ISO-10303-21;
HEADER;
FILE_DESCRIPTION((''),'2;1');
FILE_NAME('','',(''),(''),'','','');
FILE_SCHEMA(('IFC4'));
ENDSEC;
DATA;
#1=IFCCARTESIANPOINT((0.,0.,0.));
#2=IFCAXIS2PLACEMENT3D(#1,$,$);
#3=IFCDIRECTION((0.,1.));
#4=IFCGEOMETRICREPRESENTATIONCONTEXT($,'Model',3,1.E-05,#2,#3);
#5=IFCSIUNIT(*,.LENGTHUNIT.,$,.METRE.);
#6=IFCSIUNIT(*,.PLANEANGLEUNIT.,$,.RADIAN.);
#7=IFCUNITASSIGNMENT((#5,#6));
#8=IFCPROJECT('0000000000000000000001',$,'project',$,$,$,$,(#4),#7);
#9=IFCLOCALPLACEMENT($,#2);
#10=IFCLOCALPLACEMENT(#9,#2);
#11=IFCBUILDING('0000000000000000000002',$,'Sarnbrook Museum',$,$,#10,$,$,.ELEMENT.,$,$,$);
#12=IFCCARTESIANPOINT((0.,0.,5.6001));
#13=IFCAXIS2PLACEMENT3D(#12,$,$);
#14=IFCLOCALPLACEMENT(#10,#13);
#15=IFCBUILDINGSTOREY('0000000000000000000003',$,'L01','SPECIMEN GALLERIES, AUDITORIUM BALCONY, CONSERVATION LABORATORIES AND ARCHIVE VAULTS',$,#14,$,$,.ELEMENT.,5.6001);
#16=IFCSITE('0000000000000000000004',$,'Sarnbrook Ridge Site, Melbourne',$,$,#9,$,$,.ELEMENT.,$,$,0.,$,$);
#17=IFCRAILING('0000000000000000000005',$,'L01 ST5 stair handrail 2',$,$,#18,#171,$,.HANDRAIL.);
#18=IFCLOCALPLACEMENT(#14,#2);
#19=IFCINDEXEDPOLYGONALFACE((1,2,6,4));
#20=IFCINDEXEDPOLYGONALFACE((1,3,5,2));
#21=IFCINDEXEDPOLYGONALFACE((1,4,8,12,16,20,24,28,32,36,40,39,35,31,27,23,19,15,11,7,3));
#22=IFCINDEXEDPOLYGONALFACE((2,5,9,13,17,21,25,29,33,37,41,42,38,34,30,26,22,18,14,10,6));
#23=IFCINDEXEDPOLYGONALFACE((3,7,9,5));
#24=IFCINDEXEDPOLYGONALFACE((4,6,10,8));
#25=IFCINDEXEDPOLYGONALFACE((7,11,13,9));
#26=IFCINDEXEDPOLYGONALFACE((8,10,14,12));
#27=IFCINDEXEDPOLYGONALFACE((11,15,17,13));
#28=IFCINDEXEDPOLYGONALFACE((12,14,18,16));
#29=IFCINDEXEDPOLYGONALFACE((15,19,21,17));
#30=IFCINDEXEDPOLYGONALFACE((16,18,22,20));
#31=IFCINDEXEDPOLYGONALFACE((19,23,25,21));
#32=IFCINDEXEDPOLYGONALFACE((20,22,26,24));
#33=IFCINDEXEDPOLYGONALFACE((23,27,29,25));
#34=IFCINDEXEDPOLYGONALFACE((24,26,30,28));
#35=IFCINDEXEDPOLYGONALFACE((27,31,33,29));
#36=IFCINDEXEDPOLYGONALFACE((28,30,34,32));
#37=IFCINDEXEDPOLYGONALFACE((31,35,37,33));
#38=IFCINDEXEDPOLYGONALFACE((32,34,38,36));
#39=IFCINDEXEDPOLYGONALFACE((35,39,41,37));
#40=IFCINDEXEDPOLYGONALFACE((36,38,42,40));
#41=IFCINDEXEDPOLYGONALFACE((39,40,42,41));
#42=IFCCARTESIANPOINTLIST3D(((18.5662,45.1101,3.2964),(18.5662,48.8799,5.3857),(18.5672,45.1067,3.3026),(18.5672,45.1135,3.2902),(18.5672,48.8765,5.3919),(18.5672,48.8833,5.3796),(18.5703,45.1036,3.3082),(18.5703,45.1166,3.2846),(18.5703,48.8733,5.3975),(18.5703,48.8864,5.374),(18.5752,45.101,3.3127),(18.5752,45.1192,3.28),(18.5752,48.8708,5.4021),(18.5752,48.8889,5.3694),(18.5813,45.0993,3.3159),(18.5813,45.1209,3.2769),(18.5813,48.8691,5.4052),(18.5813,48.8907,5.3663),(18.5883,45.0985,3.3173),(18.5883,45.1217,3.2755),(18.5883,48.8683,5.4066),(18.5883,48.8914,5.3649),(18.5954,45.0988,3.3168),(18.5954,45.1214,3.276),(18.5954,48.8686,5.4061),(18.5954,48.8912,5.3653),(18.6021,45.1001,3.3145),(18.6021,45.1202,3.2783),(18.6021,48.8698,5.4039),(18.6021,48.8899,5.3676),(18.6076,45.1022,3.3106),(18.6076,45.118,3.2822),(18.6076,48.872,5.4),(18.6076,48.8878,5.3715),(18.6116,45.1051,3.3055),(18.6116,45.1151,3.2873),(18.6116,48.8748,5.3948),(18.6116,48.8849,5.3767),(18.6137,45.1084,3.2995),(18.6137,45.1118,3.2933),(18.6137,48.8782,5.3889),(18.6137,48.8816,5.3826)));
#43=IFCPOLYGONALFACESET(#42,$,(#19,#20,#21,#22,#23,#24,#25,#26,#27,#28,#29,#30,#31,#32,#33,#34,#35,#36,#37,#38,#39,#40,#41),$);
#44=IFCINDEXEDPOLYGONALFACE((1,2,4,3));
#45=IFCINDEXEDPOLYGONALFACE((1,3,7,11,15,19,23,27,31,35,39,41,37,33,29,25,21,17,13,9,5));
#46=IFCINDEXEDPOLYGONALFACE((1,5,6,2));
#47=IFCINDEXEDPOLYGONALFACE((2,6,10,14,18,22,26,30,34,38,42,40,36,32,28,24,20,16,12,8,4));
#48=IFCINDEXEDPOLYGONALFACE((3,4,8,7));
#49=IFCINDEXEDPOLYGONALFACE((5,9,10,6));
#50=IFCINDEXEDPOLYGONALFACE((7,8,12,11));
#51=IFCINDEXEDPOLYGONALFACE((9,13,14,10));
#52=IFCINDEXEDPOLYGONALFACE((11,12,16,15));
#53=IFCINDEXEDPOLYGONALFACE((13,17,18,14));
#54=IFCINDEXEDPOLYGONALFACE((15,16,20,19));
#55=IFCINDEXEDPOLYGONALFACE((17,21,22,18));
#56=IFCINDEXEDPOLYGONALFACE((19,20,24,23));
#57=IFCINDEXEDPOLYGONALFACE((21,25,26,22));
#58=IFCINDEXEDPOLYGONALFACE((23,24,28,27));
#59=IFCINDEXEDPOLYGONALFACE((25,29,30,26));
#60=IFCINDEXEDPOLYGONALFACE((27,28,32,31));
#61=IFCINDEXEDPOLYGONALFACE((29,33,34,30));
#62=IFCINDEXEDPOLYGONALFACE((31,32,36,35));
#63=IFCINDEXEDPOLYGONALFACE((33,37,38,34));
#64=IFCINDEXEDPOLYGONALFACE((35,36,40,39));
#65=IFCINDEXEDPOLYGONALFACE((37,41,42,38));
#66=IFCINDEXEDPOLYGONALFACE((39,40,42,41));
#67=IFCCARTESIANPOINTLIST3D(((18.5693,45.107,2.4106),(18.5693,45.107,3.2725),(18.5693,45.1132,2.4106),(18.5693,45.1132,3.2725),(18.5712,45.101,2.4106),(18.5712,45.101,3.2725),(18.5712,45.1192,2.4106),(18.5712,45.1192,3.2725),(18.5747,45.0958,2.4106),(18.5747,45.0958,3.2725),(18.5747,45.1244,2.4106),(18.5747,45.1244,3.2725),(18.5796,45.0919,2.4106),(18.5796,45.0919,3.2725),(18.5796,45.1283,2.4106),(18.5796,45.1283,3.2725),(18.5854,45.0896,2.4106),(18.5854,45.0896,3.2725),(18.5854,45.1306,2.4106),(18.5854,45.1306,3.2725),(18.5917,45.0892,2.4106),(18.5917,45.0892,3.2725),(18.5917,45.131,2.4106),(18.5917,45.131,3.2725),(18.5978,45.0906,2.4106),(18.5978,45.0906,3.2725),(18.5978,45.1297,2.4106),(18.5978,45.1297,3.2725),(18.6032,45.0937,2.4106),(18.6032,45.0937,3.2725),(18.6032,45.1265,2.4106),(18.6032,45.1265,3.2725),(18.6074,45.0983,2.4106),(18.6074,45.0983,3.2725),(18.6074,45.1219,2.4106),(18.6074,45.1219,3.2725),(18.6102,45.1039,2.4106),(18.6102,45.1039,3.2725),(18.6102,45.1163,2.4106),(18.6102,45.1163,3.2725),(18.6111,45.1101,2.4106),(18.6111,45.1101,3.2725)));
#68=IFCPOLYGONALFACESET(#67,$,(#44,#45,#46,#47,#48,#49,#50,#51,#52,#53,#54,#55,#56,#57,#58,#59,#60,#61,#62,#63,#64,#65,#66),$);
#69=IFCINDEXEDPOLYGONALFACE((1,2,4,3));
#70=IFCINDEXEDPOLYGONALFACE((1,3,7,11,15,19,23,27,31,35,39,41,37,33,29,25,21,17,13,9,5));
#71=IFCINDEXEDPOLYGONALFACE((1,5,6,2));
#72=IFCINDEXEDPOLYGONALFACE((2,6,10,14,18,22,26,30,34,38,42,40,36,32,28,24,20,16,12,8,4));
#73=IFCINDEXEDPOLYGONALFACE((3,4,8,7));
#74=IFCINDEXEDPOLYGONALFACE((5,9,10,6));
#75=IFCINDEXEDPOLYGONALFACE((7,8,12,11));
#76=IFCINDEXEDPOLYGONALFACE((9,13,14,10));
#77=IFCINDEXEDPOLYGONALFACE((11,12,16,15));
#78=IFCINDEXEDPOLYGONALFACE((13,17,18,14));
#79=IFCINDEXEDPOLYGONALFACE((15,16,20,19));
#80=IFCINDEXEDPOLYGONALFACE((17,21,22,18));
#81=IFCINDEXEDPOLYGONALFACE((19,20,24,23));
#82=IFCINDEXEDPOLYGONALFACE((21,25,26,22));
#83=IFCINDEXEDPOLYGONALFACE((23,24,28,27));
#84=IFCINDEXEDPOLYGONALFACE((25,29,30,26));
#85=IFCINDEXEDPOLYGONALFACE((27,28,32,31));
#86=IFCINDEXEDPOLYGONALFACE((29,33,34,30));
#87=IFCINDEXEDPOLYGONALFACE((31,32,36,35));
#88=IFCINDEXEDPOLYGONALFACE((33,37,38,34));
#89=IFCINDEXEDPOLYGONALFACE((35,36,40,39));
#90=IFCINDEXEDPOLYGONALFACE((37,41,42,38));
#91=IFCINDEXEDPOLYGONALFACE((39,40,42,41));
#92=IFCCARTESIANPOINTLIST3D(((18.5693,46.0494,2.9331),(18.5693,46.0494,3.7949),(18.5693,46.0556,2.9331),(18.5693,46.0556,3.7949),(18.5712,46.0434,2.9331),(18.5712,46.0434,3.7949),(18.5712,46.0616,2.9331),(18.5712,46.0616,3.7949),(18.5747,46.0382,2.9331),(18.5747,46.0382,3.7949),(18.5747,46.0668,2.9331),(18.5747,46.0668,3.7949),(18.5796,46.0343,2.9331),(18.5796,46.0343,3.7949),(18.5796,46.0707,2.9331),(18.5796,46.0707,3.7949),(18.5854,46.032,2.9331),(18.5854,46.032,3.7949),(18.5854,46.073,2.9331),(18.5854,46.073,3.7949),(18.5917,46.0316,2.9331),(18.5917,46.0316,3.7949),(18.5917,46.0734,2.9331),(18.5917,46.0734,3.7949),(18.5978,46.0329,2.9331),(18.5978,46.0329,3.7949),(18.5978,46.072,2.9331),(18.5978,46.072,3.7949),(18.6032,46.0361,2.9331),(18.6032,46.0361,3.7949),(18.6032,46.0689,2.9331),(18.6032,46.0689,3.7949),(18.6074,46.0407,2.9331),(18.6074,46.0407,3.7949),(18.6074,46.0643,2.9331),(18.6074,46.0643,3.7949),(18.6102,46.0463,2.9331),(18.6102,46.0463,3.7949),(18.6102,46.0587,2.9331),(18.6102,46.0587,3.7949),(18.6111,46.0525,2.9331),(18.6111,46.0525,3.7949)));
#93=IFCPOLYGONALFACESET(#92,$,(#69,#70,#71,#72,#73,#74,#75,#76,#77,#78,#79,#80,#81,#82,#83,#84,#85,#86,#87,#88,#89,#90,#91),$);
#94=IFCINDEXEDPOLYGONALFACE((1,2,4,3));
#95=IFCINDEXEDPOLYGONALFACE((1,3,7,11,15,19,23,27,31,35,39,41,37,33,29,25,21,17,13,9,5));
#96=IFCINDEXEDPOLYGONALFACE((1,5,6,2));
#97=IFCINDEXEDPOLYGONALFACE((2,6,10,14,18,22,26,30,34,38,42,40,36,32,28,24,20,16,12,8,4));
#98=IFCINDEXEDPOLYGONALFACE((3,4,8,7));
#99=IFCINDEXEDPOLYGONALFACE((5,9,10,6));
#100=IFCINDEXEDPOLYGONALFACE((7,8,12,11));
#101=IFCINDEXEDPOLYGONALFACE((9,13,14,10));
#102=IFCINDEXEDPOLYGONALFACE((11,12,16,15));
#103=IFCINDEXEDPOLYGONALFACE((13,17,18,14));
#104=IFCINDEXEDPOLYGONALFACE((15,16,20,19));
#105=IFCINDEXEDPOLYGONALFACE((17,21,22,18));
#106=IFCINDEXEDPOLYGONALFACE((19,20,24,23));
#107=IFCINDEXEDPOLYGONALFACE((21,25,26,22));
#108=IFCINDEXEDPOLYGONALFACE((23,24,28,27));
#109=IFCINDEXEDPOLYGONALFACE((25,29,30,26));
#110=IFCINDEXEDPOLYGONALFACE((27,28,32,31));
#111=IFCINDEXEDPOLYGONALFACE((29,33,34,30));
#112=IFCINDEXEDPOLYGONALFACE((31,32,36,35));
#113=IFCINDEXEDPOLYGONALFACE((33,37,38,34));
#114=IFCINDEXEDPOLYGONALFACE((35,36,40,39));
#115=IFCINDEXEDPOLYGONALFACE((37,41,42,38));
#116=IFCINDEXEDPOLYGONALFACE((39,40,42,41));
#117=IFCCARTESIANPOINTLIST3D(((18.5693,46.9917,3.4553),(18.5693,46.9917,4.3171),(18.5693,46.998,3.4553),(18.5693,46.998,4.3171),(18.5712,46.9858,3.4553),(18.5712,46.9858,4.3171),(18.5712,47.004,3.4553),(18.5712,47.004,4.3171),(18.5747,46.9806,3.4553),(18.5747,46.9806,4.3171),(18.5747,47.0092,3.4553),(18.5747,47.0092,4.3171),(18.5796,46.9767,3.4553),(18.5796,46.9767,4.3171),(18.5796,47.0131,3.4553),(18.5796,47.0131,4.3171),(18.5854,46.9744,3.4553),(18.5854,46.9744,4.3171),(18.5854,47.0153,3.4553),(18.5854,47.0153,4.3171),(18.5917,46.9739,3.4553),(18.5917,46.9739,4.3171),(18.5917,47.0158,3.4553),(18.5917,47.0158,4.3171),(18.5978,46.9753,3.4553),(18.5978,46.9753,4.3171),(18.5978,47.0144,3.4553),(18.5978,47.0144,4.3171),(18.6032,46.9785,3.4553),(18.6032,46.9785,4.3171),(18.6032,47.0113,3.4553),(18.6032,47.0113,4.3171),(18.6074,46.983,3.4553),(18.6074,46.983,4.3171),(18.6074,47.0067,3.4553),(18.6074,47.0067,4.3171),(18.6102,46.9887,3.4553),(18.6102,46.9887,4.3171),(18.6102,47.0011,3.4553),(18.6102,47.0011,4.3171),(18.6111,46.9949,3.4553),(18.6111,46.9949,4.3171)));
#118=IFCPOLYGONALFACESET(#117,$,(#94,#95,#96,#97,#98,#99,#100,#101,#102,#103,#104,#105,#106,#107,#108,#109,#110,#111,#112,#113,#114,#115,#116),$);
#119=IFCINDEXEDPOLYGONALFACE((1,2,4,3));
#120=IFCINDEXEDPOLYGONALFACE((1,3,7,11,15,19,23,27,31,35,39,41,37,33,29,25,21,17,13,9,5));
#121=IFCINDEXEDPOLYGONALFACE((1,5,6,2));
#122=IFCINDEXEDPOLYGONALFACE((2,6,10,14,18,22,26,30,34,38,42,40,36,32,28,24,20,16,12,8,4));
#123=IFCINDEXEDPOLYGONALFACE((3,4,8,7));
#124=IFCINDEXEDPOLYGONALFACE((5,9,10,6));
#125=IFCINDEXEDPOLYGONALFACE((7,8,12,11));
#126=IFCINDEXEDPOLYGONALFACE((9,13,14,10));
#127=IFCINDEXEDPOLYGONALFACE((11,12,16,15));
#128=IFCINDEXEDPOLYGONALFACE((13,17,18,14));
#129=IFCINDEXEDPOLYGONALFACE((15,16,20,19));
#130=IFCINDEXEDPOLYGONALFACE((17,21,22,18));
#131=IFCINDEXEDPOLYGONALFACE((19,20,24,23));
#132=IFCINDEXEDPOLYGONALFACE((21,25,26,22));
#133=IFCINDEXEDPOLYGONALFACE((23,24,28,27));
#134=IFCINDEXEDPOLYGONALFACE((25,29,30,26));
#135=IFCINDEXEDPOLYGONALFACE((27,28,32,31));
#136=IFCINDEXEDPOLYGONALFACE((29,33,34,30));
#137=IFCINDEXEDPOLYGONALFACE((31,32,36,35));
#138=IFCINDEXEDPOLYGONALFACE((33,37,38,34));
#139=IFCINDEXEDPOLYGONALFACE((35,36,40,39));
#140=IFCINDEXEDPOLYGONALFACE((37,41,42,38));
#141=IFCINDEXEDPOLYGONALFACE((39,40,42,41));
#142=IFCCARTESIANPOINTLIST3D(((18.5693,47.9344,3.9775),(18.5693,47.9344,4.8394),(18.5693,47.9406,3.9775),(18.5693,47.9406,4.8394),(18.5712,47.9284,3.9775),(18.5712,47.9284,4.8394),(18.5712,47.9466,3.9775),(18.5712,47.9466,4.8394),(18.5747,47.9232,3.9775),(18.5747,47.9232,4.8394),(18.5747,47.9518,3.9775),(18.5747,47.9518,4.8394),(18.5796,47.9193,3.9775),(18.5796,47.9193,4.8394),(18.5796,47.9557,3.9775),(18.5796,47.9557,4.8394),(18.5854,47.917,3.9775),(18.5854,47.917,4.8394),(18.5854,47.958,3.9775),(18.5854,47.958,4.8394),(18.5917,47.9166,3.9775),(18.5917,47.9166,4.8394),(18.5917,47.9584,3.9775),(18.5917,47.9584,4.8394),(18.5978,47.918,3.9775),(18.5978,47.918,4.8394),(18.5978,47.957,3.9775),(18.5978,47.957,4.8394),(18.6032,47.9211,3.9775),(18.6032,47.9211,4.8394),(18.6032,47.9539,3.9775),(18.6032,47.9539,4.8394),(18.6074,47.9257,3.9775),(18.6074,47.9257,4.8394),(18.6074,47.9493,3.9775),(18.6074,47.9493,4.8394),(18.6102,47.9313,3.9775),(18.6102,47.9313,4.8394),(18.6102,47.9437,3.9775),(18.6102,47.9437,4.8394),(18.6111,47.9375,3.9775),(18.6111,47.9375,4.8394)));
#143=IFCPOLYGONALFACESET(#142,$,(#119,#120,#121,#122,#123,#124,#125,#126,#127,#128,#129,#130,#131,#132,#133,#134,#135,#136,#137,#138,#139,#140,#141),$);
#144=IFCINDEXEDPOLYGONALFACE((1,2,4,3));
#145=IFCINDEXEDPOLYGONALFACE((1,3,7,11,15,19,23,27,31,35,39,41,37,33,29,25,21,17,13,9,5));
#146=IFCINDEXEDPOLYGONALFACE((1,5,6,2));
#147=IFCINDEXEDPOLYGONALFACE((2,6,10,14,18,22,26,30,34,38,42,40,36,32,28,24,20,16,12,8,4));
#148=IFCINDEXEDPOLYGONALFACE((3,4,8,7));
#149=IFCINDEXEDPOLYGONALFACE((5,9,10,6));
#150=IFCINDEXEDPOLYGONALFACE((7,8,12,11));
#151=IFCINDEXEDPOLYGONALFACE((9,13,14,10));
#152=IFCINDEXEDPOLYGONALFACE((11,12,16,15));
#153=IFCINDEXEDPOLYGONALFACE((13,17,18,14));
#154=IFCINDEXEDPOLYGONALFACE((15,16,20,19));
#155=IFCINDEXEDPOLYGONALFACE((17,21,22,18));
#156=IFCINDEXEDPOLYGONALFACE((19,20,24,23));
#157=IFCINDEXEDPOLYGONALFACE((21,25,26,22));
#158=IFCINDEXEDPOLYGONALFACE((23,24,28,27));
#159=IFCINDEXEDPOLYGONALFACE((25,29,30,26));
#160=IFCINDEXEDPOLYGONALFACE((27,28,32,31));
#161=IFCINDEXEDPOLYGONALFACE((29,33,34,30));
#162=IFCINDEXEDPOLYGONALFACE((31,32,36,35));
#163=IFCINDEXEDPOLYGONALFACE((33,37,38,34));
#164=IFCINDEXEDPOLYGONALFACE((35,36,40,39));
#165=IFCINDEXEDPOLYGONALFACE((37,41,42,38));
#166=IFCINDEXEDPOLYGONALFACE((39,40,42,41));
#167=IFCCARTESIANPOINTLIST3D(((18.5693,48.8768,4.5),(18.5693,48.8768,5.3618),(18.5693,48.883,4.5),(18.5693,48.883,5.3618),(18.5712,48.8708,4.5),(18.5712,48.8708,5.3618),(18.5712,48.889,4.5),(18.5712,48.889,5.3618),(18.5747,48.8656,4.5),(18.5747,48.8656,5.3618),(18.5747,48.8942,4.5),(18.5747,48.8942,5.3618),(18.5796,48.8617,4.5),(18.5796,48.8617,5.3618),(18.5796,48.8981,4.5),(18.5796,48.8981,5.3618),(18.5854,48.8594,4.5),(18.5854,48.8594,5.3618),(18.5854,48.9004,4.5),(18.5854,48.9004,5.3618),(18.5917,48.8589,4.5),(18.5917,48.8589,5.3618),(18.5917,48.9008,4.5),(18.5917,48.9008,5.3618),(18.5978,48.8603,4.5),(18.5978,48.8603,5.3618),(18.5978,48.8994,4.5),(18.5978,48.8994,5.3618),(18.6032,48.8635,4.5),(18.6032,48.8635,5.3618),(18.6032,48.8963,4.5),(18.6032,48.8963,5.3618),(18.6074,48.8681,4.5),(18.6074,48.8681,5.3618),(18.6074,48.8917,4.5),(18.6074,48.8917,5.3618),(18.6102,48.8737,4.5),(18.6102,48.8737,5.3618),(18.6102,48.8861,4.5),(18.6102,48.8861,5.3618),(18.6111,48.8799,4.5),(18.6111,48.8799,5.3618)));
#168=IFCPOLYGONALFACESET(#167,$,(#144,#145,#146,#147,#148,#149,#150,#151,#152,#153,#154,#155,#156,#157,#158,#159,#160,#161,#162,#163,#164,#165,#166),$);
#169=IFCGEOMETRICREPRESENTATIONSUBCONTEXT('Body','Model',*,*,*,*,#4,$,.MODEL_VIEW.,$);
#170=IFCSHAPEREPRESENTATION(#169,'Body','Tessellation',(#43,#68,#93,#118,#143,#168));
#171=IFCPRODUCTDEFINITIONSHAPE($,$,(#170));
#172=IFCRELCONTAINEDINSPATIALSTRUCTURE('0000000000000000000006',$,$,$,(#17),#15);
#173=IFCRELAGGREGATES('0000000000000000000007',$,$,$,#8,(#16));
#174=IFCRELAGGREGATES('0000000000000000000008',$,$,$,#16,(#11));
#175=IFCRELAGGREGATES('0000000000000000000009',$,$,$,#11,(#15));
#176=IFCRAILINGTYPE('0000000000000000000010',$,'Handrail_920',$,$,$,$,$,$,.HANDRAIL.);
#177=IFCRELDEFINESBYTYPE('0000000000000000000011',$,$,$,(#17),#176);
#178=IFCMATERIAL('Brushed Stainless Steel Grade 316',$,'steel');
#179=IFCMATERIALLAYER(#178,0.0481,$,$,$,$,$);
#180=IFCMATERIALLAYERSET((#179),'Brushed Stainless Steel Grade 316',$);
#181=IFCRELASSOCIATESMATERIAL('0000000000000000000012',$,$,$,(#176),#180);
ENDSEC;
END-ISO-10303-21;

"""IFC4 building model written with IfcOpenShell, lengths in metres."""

from ifc_helpers import new_model, si_unit, direction, frame, origin, origin_2d, place, context, subcontext, project, spatial, circle, extrude, material, layer, layer_set, type_object, element, save


model = new_model("IFC4")

# Units and contexts
model_context = context("Model", 3, precision=1e-05, world=origin(), true_north=direction((0.0, 1.0)))
body_context = subcontext(model_context, "Body", "Model", "MODEL_VIEW")
ifc_project = project(units=[si_unit("LENGTHUNIT", "METRE"), si_unit("PLANEANGLEUNIT", "RADIAN")], contexts=[model_context])

# Site, building, storey
site_placement = place(None, origin())
site = spatial("IfcSite", under=ifc_project, at=site_placement, Name="Sarnbrook Ridge Site, Melbourne", CompositionType="ELEMENT", RefElevation=0.0)
building_placement = place(site_placement, origin())
building = spatial("IfcBuilding", under=site, at=building_placement, Name="Sarnbrook Museum", CompositionType="ELEMENT")
storey_placement = place(building_placement, frame((0.0, 0.0, 5.6001)))
storey = spatial("IfcBuildingStorey", under=building, at=storey_placement, Name="L01", Description="SPECIMEN GALLERIES, AUDITORIUM BALCONY, CONSERVATION LABORATORIES AND ARCHIVE VAULTS", CompositionType="ELEMENT", Elevation=5.6001)

# Railing
ifc_material_1 = material(Name="Brushed Stainless Steel Grade 316", Category="steel")
ifc_layer_1 = layer(ifc_material_1, 0.0481)
ifc_layer_set_1 = layer_set([ifc_layer_1], Name="Brushed Stainless Steel Grade 316")
railing_type_1 = type_object("IfcRailingType", Name="Handrail_920", PredefinedType="HANDRAIL", material=ifc_layer_set_1)
railing_1_placement = place(storey_placement, frame((18.5901, 45.1101, 2.4106)))
element("IfcRailing", 1, at=railing_1_placement, inside=storey, type_object=railing_type_1, Name="L01 ST5 stair handrail 2", PredefinedType="HANDRAIL", context=body_context, shape_type="SweptSolid", body=[
    extrude(circle(Radius=0.0239, at=origin_2d()), frame((0.0, 0.0, 0.8857), z_axis=(0.0, 0.874646, 0.484763), x_axis=(-1.0, 0.0, 0.0)), (0.0, 0.0, 1.0), 4.3101),
    extrude(circle(Radius=0.021, at=origin_2d()), origin(), (0.0, 0.0, 1.0), 0.8618),
    extrude(circle(Radius=0.021, at=origin_2d()), frame((0.0, 0.9424, 0.5225)), (0.0, 0.0, 1.0), 0.8618),
    extrude(circle(Radius=0.021, at=origin_2d()), frame((0.0, 1.8848, 1.0447)), (0.0, 0.0, 1.0), 0.8618),
    extrude(circle(Radius=0.021, at=origin_2d()), frame((0.0, 2.8274, 1.5669)), (0.0, 0.0, 1.0), 0.8618),
    extrude(circle(Radius=0.021, at=origin_2d()), frame((0.0, 3.7698, 2.0894)), (0.0, 0.0, 1.0), 0.8618),
])

save(model, "model.ifc")
